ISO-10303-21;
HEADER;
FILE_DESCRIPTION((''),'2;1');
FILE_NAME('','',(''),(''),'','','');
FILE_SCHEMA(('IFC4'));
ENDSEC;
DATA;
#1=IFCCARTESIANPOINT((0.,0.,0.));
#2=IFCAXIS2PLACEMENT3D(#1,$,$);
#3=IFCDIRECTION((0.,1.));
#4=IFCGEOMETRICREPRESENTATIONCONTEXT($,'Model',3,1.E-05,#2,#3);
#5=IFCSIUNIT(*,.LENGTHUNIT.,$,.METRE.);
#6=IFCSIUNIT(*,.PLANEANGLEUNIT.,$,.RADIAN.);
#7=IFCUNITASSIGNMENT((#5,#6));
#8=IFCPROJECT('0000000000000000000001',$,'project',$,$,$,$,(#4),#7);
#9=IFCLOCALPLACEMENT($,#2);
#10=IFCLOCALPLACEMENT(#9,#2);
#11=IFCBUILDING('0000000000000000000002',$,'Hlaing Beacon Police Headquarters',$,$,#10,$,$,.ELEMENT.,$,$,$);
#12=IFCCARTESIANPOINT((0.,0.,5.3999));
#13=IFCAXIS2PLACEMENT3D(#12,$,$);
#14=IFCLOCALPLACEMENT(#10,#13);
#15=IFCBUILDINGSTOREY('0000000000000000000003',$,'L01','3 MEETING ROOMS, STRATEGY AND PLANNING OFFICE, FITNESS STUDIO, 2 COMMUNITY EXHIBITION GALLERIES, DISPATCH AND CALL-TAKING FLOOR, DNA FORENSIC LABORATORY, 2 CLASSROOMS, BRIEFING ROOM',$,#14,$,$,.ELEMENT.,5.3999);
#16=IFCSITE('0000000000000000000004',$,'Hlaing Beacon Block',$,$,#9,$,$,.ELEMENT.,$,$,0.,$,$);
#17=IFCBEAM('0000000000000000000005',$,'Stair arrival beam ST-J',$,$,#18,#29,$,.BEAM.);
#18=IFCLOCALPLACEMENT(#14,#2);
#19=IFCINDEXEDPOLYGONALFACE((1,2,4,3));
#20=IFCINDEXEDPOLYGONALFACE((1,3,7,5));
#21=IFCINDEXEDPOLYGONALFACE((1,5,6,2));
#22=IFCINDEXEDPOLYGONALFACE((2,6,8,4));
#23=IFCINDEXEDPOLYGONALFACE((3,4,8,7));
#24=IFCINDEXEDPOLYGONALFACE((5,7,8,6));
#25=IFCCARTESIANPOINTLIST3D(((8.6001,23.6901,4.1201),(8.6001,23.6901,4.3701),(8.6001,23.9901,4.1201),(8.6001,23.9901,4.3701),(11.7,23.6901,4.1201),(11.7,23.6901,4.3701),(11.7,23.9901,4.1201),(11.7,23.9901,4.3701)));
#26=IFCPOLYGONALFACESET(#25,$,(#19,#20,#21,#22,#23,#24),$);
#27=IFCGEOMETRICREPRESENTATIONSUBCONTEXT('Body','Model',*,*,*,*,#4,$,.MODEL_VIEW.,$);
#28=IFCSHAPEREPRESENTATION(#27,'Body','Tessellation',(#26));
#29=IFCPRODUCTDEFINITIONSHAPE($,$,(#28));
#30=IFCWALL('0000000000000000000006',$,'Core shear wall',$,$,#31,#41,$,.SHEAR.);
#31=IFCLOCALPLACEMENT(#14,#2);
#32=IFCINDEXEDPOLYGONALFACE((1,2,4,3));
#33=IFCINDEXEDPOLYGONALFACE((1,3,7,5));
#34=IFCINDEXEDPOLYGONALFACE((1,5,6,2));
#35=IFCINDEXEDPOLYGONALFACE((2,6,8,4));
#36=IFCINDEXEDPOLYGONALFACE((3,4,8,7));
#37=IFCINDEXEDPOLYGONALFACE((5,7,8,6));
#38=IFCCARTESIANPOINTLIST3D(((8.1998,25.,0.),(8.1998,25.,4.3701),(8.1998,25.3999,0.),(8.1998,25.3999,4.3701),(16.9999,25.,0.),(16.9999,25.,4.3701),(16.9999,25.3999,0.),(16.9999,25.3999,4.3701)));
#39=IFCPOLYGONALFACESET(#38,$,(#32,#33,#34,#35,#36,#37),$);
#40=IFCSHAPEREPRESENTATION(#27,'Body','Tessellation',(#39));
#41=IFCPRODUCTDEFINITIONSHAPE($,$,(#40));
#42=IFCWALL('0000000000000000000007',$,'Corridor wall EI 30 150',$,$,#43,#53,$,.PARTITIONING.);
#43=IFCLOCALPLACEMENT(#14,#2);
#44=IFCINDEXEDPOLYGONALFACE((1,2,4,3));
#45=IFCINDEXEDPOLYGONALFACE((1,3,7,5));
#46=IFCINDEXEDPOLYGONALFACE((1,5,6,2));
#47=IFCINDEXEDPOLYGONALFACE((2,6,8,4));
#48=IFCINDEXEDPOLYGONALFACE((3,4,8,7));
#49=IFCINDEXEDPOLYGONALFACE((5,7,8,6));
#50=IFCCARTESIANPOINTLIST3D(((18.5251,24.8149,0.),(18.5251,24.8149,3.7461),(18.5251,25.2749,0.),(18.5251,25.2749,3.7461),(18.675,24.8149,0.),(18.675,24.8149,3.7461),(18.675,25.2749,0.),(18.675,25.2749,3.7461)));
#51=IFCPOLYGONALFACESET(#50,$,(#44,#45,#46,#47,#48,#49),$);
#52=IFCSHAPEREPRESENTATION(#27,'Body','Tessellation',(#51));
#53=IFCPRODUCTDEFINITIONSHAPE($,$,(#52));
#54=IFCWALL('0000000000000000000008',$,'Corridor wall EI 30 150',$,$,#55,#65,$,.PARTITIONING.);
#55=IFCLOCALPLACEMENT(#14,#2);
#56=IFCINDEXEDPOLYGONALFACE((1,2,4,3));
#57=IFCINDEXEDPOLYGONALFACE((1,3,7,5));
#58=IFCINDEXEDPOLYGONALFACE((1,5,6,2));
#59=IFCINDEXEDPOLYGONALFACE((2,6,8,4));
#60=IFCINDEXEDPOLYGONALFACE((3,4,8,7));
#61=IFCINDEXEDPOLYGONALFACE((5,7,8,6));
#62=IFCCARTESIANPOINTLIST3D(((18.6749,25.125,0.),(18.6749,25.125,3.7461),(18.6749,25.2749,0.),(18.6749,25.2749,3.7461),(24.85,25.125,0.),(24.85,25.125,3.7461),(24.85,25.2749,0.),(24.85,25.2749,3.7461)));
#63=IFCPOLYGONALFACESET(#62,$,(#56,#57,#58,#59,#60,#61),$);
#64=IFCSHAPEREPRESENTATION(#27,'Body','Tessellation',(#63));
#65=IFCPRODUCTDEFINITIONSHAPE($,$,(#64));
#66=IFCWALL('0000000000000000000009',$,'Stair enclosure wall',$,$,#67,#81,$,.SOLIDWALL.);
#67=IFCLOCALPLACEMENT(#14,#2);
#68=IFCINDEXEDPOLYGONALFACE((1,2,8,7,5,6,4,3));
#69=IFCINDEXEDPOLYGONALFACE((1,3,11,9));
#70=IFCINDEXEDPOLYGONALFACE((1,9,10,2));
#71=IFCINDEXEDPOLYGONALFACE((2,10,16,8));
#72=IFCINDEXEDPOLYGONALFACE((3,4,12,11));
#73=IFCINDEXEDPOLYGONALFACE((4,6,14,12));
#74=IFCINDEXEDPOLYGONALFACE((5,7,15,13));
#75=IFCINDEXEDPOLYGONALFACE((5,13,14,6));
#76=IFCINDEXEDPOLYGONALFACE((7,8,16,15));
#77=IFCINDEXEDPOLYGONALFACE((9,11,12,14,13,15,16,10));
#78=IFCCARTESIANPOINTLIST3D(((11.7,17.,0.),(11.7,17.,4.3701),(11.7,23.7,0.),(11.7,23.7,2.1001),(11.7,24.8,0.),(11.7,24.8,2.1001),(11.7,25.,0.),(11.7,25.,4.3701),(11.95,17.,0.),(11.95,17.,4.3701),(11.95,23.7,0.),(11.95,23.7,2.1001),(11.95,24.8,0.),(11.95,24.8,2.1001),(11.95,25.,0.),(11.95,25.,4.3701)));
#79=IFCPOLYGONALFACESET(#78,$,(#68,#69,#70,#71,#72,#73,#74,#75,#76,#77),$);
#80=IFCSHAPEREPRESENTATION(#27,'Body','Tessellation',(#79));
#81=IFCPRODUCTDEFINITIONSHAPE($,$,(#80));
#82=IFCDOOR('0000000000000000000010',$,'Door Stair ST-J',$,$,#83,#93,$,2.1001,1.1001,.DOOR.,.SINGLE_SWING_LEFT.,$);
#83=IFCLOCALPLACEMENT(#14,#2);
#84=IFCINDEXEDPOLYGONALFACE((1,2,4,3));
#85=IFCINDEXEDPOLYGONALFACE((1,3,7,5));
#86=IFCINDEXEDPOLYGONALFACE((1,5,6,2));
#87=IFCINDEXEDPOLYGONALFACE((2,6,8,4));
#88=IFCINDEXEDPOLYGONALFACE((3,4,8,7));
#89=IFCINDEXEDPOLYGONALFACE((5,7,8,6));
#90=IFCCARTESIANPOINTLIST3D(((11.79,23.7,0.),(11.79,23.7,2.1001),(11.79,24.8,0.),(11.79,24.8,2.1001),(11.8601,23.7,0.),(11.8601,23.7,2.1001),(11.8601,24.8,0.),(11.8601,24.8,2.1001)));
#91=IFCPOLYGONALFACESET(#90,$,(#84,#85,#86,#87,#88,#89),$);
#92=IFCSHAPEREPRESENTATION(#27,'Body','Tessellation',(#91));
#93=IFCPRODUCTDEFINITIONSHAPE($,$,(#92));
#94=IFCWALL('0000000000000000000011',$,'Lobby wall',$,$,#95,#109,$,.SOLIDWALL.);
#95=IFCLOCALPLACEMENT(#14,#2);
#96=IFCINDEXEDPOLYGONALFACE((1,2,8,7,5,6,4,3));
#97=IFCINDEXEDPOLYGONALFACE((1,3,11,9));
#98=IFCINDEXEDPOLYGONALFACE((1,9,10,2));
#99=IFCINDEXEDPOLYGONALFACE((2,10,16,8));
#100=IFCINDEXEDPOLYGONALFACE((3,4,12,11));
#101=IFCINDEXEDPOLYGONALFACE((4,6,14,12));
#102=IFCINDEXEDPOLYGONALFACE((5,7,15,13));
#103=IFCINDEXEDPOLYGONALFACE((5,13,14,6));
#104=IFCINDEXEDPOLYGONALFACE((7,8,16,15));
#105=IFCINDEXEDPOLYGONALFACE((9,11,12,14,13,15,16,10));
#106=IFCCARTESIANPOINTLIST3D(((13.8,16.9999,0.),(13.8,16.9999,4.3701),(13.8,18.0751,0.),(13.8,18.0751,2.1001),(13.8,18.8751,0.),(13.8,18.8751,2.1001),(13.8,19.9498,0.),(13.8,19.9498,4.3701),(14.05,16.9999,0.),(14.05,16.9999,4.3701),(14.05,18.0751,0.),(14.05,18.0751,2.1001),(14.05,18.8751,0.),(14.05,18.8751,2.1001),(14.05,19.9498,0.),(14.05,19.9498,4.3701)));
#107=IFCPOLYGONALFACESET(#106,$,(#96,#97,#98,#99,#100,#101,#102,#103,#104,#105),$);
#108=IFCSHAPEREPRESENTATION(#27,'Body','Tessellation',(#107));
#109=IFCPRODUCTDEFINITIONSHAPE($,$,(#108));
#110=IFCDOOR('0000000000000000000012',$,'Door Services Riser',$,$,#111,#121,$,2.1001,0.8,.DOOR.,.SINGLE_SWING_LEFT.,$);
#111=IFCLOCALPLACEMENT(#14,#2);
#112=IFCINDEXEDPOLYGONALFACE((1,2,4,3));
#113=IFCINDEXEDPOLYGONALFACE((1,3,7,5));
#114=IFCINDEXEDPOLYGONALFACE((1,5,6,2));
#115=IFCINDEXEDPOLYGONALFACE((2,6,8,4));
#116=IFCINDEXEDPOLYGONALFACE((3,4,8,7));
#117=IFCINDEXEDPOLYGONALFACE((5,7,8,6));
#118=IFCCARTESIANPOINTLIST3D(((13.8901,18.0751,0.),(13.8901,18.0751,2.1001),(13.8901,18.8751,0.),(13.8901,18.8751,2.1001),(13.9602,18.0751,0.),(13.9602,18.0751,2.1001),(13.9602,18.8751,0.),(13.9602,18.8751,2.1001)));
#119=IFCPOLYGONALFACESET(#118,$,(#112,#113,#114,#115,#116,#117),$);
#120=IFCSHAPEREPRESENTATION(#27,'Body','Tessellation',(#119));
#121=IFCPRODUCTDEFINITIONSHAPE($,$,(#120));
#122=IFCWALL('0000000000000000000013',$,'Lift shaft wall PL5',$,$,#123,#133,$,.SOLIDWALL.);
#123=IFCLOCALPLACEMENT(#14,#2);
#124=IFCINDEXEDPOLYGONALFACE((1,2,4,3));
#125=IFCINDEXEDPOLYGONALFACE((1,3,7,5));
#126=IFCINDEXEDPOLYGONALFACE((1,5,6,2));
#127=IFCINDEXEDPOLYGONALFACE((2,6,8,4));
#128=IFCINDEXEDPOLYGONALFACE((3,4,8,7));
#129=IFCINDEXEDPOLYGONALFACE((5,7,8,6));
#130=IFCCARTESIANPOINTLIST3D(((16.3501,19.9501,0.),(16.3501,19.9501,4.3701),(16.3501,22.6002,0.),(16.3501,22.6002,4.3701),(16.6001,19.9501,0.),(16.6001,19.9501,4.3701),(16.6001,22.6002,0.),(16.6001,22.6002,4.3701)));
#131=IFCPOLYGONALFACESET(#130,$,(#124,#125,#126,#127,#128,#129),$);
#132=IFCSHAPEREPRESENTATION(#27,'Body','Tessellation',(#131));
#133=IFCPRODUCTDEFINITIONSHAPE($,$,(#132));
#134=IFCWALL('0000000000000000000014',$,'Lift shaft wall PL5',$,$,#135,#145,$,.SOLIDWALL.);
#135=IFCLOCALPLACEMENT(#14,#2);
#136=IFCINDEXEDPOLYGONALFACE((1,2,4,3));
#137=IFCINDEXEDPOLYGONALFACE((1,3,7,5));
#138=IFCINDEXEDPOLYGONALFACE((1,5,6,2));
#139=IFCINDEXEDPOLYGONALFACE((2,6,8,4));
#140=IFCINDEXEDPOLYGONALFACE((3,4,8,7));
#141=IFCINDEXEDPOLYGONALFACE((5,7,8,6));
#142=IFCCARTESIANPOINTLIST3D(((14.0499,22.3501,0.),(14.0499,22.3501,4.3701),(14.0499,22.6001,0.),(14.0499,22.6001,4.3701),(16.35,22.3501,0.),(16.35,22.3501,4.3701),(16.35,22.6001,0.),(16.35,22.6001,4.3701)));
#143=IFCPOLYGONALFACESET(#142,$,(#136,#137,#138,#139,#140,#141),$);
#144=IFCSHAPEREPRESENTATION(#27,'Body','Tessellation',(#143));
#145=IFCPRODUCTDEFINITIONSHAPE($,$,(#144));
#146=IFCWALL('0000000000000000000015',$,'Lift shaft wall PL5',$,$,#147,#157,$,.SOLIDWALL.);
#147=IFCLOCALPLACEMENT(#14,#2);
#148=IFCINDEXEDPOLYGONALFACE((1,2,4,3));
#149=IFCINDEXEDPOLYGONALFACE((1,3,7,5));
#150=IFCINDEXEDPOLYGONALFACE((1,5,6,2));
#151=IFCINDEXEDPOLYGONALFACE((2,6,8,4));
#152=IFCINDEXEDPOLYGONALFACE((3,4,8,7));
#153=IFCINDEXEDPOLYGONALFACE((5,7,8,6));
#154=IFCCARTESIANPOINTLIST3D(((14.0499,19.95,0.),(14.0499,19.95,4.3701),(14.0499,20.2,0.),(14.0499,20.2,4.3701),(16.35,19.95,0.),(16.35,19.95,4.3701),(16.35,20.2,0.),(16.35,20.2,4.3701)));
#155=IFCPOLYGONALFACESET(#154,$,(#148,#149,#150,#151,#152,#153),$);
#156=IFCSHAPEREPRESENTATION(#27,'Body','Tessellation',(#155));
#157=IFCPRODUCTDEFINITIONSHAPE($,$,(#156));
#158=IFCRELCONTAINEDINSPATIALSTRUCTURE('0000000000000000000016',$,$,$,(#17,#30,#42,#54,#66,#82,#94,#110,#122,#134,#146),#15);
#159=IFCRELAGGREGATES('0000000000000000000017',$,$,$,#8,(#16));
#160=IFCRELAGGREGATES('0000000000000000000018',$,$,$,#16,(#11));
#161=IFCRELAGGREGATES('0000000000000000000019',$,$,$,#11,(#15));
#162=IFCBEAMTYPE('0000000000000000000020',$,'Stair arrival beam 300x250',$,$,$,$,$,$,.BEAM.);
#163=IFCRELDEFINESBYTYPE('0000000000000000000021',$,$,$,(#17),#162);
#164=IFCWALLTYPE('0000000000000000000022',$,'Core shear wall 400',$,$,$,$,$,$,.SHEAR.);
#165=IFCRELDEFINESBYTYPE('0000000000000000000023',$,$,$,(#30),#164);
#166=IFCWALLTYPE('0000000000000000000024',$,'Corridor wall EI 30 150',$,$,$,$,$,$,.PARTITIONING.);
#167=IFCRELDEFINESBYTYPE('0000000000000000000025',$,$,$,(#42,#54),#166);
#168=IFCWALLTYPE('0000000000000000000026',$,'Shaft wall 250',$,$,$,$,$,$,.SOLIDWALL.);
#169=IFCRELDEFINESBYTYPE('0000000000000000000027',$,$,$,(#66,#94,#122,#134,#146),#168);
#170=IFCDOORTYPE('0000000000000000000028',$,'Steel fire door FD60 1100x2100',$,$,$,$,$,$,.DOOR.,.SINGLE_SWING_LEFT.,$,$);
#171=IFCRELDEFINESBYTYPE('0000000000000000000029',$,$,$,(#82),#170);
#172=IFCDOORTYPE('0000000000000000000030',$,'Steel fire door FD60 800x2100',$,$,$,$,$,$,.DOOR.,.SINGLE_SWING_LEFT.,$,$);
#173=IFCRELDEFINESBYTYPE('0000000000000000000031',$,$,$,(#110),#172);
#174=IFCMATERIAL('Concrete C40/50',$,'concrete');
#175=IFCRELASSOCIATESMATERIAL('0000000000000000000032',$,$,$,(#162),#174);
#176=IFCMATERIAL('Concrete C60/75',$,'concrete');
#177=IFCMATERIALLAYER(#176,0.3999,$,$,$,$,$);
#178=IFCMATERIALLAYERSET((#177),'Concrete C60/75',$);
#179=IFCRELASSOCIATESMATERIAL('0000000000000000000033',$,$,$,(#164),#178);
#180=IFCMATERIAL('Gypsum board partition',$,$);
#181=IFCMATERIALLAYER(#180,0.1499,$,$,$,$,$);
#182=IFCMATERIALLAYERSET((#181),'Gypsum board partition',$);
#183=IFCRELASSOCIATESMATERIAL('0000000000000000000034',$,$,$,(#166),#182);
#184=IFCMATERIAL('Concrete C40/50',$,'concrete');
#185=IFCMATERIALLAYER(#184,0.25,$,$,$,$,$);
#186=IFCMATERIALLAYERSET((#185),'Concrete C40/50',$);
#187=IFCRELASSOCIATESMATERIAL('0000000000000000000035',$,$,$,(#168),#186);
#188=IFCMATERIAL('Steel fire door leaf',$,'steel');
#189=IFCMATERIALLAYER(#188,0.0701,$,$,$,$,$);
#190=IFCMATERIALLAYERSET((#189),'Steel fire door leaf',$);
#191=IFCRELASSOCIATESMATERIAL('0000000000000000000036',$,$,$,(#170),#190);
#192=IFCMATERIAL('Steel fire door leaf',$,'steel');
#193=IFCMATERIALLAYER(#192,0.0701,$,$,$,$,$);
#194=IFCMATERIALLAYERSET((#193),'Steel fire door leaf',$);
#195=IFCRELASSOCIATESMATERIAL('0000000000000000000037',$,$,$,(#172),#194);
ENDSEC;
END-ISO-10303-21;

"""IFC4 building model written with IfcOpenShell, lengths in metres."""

from ifc_helpers import new_model, si_unit, direction, frame, frame_2d, origin, origin_2d, place, context, subcontext, project, spatial, rectangle, extrude, material, layer, layer_set, material_profile, profile_set, type_object, element, fill, save


model = new_model("IFC4")

# Units and contexts
model_context = context("Model", 3, precision=1e-05, world=origin(), true_north=direction((0.0, 1.0)))
body_context = subcontext(model_context, "Body", "Model", "MODEL_VIEW")
ifc_project = project(units=[si_unit("LENGTHUNIT", "METRE"), si_unit("PLANEANGLEUNIT", "RADIAN")], contexts=[model_context])

# Site, building, storey
site_placement = place(None, origin())
site = spatial("IfcSite", under=ifc_project, at=site_placement, Name="Hlaing Beacon Block", CompositionType="ELEMENT", RefElevation=0.0)
building_placement = place(site_placement, origin())
building = spatial("IfcBuilding", under=site, at=building_placement, Name="Hlaing Beacon Police Headquarters", CompositionType="ELEMENT")
storey_placement = place(building_placement, frame((0.0, 0.0, 5.3999)))
storey = spatial("IfcBuildingStorey", under=building, at=storey_placement, Name="L01", Description="3 MEETING ROOMS, STRATEGY AND PLANNING OFFICE, FITNESS STUDIO, 2 COMMUNITY EXHIBITION GALLERIES, DISPATCH AND CALL-TAKING FLOOR, DNA FORENSIC LABORATORY, 2 CLASSROOMS, BRIEFING ROOM", CompositionType="ELEMENT", Elevation=5.3999)

# Beam
ifc_material_1 = material(Name="Concrete C40/50", Category="concrete")
ifc_material_profile = material_profile(ifc_material_1, rectangle(XDim=0.3, YDim=0.25, at=origin_2d()), Name="Stair arrival beam 300x250")
ifc_profile_set = profile_set([ifc_material_profile], Name="Concrete C40/50")
beam_type = type_object("IfcBeamType", Name="Stair arrival beam 300x250", PredefinedType="BEAM", material=ifc_profile_set)
beam_placement = place(storey_placement, frame((8.6001, 23.8401, 4.2451), z_axis=(1.0, 0.0, 0.0), x_axis=(0.0, 1.0, 0.0)))
element("IfcBeam", 1, at=beam_placement, inside=storey, type_object=beam_type, Name="Stair arrival beam ST-J", PredefinedType="BEAM", context=body_context, shape_type="SweptSolid", body=[
    extrude(rectangle(XDim=0.3, YDim=0.25, at=origin_2d()), origin(), (0.0, 0.0, 1.0), 3.0999),
])

# Walls
ifc_material_2 = material(Name="Concrete C60/75", Category="concrete")
ifc_layer_1 = layer(ifc_material_2, 0.3999)
ifc_layer_set_1 = layer_set([ifc_layer_1], Name="Concrete C60/75")
wall_type_1 = type_object("IfcWallType", Name="Core shear wall 400", PredefinedType="SHEAR", material=ifc_layer_set_1)
wall_1_placement = place(storey_placement, frame((8.2, 25.2, 0.0), z_axis=(0.0, 0.0, 1.0), x_axis=(1.0, 0.0, 0.0)))
element("IfcWall", 2, at=wall_1_placement, inside=storey, type_object=wall_type_1, Name="Core shear wall", PredefinedType="SHEAR", context=body_context, shape_type="SweptSolid", body=[
    extrude(rectangle(XDim=8.8, YDim=0.3999, at=frame_2d((4.3999, 0.0))), origin(), (0.0, 0.0, 1.0), 4.3701),
])
ifc_material_3 = material(Name="Gypsum board partition")
ifc_layer_2 = layer(ifc_material_3, 0.1499)
ifc_layer_set_2 = layer_set([ifc_layer_2], Name="Gypsum board partition")
wall_type_2 = type_object("IfcWallType", Name="Corridor wall EI 30 150", PredefinedType="PARTITIONING", material=ifc_layer_set_2)
wall_2_placement = place(storey_placement, frame((18.6001, 24.8149, 0.0), z_axis=(0.0, 0.0, 1.0), x_axis=(0.0, 1.0, 0.0)))
element("IfcWall", 3, at=wall_2_placement, inside=storey, type_object=wall_type_2, Name="Corridor wall EI 30 150", PredefinedType="PARTITIONING", context=body_context, shape_type="SweptSolid", body=[
    extrude(rectangle(XDim=0.46, YDim=0.1499, at=frame_2d((0.23, 0.0))), origin(), (0.0, 0.0, 1.0), 3.7461),
])
wall_3_placement = place(storey_placement, frame((18.675, 25.2, 0.0), z_axis=(0.0, 0.0, 1.0), x_axis=(1.0, 0.0, 0.0)))
element("IfcWall", 4, at=wall_3_placement, inside=storey, type_object=wall_type_2, Name="Corridor wall EI 30 150", PredefinedType="PARTITIONING", context=body_context, shape_type="SweptSolid", body=[
    extrude(rectangle(XDim=6.175, YDim=0.1499, at=frame_2d((3.0874, 0.0))), origin(), (0.0, 0.0, 1.0), 3.7461),
])

# Walls, openings, doors
ifc_material_4 = material(Name="Concrete C40/50", Category="concrete")
ifc_layer_3 = layer(ifc_material_4, 0.25)
ifc_layer_set_3 = layer_set([ifc_layer_3], Name="Concrete C40/50")
wall_type_3 = type_object("IfcWallType", Name="Shaft wall 250", PredefinedType="SOLIDWALL", material=ifc_layer_set_3)
wall_4_placement = place(storey_placement, frame((11.825, 25.0, 0.0), z_axis=(0.0, 0.0, 1.0), x_axis=(0.0, -1.0, 0.0)))
wall_4 = element("IfcWall", 5, at=wall_4_placement, inside=storey, type_object=wall_type_3, Name="Stair enclosure wall", PredefinedType="SOLIDWALL", context=body_context, shape_type="SweptSolid", body=[
    extrude(rectangle(XDim=8.0, YDim=0.25, at=frame_2d((4.0, 0.0))), origin(), (0.0, 0.0, 1.0), 4.3701),
])
opening_1_placement = place(wall_4_placement, frame((0.2, 0.0, 0.0)))
opening_1 = element("IfcOpeningElement", 6, at=opening_1_placement, cuts=wall_4, PredefinedType="OPENING", context=body_context, shape_type="SweptSolid", body=[
    extrude(rectangle(XDim=1.1001, YDim=2.1001, at=frame_2d((0.55, 1.05))), frame((0.0, 0.135, 0.0), z_axis=(0.0, -1.0, 0.0), x_axis=(1.0, 0.0, 0.0)), (0.0, 0.0, 1.0), 0.27),
])
ifc_material_5 = material(Name="Steel fire door leaf", Category="steel")
ifc_layer_4 = layer(ifc_material_5, 0.0701)
ifc_layer_set_4 = layer_set([ifc_layer_4], Name="Steel fire door leaf")
door_type_1 = type_object("IfcDoorType", Name="Steel fire door FD60 1100x2100", OperationType="SINGLE_SWING_LEFT", PredefinedType="DOOR", material=ifc_layer_set_4)
door_1_placement = place(opening_1_placement, frame((1.1001, 0.0, 0.0), z_axis=(0.0, 0.0, 1.0), x_axis=(-1.0, 0.0, 0.0)))
door_1 = element("IfcDoor", 7, at=door_1_placement, inside=storey, type_object=door_type_1, Name="Door Stair ST-J", OperationType="SINGLE_SWING_LEFT", OverallHeight=2.1001, OverallWidth=1.1001, PredefinedType="DOOR", context=body_context, shape_type="SweptSolid", body=[
    extrude(rectangle(XDim=1.1001, YDim=2.1001, at=frame_2d((0.55, 1.05))), frame((0.0, 0.0349, 0.0), z_axis=(0.0, -1.0, 0.0), x_axis=(1.0, 0.0, 0.0)), (0.0, 0.0, 1.0), 0.0701),
])
fill(opening_1, door_1)
wall_5_placement = place(storey_placement, frame((13.925, 19.95, 0.0), z_axis=(0.0, 0.0, 1.0), x_axis=(0.0, -1.0, 0.0)))
wall_5 = element("IfcWall", 8, at=wall_5_placement, inside=storey, type_object=wall_type_3, Name="Lobby wall", PredefinedType="SOLIDWALL", context=body_context, shape_type="SweptSolid", body=[
    extrude(rectangle(XDim=2.95, YDim=0.25, at=frame_2d((1.4751, 0.0))), origin(), (0.0, 0.0, 1.0), 4.3701),
])
opening_2_placement = place(wall_5_placement, frame((1.075, 0.0, 0.0)))
opening_2 = element("IfcOpeningElement", 9, at=opening_2_placement, cuts=wall_5, PredefinedType="OPENING", context=body_context, shape_type="SweptSolid", body=[
    extrude(rectangle(XDim=0.8, YDim=2.1001, at=frame_2d((0.3999, 1.05))), frame((0.0, 0.135, 0.0), z_axis=(0.0, -1.0, 0.0), x_axis=(1.0, 0.0, 0.0)), (0.0, 0.0, 1.0), 0.27),
])
ifc_material_6 = material(Name="Steel fire door leaf", Category="steel")
ifc_layer_5 = layer(ifc_material_6, 0.0701)
ifc_layer_set_5 = layer_set([ifc_layer_5], Name="Steel fire door leaf")
door_type_2 = type_object("IfcDoorType", Name="Steel fire door FD60 800x2100", OperationType="SINGLE_SWING_LEFT", PredefinedType="DOOR", material=ifc_layer_set_5)
door_2_placement = place(opening_2_placement, origin())
door_2 = element("IfcDoor", 10, at=door_2_placement, inside=storey, type_object=door_type_2, Name="Door Services Riser", OperationType="SINGLE_SWING_LEFT", OverallHeight=2.1001, OverallWidth=0.8, PredefinedType="DOOR", context=body_context, shape_type="SweptSolid", body=[
    extrude(rectangle(XDim=0.8, YDim=2.1001, at=frame_2d((0.3999, 1.05))), frame((0.0, 0.0352, 0.0), z_axis=(0.0, -1.0, 0.0), x_axis=(1.0, 0.0, 0.0)), (0.0, 0.0, 1.0), 0.0701),
])
fill(opening_2, door_2)

# Walls
wall_6_placement = place(storey_placement, frame((16.4751, 19.95, 0.0), z_axis=(0.0, 0.0, 1.0), x_axis=(0.0, 1.0, 0.0)))
element("IfcWall", 11, at=wall_6_placement, inside=storey, type_object=wall_type_3, Name="Lift shaft wall PL5", PredefinedType="SOLIDWALL", context=body_context, shape_type="SweptSolid", body=[
    extrude(rectangle(XDim=2.6501, YDim=0.25, at=frame_2d((1.3252, 0.0))), origin(), (0.0, 0.0, 1.0), 4.3701),
])
for number, where, z_axis, x_axis, name in (
    (12, (14.05, 22.4751, 0.0), (0.0, 0.0, 1.0), (1.0, 0.0, 0.0), "Lift shaft wall PL5"),
    (13, (14.05, 20.075, 0.0), (0.0, 0.0, 1.0), (1.0, 0.0, 0.0), "Lift shaft wall PL5"),
):
    element("IfcWall", number, at=place(storey_placement, frame(where, z_axis=z_axis, x_axis=x_axis)), inside=storey, type_object=wall_type_3, Name=name, PredefinedType="SOLIDWALL", context=body_context, shape_type="SweptSolid", body=[
        extrude(rectangle(XDim=2.3, YDim=0.25, at=frame_2d((1.1499, 0.0))), origin(), (0.0, 0.0, 1.0), 4.3701),
    ])

save(model, "model.ifc")
